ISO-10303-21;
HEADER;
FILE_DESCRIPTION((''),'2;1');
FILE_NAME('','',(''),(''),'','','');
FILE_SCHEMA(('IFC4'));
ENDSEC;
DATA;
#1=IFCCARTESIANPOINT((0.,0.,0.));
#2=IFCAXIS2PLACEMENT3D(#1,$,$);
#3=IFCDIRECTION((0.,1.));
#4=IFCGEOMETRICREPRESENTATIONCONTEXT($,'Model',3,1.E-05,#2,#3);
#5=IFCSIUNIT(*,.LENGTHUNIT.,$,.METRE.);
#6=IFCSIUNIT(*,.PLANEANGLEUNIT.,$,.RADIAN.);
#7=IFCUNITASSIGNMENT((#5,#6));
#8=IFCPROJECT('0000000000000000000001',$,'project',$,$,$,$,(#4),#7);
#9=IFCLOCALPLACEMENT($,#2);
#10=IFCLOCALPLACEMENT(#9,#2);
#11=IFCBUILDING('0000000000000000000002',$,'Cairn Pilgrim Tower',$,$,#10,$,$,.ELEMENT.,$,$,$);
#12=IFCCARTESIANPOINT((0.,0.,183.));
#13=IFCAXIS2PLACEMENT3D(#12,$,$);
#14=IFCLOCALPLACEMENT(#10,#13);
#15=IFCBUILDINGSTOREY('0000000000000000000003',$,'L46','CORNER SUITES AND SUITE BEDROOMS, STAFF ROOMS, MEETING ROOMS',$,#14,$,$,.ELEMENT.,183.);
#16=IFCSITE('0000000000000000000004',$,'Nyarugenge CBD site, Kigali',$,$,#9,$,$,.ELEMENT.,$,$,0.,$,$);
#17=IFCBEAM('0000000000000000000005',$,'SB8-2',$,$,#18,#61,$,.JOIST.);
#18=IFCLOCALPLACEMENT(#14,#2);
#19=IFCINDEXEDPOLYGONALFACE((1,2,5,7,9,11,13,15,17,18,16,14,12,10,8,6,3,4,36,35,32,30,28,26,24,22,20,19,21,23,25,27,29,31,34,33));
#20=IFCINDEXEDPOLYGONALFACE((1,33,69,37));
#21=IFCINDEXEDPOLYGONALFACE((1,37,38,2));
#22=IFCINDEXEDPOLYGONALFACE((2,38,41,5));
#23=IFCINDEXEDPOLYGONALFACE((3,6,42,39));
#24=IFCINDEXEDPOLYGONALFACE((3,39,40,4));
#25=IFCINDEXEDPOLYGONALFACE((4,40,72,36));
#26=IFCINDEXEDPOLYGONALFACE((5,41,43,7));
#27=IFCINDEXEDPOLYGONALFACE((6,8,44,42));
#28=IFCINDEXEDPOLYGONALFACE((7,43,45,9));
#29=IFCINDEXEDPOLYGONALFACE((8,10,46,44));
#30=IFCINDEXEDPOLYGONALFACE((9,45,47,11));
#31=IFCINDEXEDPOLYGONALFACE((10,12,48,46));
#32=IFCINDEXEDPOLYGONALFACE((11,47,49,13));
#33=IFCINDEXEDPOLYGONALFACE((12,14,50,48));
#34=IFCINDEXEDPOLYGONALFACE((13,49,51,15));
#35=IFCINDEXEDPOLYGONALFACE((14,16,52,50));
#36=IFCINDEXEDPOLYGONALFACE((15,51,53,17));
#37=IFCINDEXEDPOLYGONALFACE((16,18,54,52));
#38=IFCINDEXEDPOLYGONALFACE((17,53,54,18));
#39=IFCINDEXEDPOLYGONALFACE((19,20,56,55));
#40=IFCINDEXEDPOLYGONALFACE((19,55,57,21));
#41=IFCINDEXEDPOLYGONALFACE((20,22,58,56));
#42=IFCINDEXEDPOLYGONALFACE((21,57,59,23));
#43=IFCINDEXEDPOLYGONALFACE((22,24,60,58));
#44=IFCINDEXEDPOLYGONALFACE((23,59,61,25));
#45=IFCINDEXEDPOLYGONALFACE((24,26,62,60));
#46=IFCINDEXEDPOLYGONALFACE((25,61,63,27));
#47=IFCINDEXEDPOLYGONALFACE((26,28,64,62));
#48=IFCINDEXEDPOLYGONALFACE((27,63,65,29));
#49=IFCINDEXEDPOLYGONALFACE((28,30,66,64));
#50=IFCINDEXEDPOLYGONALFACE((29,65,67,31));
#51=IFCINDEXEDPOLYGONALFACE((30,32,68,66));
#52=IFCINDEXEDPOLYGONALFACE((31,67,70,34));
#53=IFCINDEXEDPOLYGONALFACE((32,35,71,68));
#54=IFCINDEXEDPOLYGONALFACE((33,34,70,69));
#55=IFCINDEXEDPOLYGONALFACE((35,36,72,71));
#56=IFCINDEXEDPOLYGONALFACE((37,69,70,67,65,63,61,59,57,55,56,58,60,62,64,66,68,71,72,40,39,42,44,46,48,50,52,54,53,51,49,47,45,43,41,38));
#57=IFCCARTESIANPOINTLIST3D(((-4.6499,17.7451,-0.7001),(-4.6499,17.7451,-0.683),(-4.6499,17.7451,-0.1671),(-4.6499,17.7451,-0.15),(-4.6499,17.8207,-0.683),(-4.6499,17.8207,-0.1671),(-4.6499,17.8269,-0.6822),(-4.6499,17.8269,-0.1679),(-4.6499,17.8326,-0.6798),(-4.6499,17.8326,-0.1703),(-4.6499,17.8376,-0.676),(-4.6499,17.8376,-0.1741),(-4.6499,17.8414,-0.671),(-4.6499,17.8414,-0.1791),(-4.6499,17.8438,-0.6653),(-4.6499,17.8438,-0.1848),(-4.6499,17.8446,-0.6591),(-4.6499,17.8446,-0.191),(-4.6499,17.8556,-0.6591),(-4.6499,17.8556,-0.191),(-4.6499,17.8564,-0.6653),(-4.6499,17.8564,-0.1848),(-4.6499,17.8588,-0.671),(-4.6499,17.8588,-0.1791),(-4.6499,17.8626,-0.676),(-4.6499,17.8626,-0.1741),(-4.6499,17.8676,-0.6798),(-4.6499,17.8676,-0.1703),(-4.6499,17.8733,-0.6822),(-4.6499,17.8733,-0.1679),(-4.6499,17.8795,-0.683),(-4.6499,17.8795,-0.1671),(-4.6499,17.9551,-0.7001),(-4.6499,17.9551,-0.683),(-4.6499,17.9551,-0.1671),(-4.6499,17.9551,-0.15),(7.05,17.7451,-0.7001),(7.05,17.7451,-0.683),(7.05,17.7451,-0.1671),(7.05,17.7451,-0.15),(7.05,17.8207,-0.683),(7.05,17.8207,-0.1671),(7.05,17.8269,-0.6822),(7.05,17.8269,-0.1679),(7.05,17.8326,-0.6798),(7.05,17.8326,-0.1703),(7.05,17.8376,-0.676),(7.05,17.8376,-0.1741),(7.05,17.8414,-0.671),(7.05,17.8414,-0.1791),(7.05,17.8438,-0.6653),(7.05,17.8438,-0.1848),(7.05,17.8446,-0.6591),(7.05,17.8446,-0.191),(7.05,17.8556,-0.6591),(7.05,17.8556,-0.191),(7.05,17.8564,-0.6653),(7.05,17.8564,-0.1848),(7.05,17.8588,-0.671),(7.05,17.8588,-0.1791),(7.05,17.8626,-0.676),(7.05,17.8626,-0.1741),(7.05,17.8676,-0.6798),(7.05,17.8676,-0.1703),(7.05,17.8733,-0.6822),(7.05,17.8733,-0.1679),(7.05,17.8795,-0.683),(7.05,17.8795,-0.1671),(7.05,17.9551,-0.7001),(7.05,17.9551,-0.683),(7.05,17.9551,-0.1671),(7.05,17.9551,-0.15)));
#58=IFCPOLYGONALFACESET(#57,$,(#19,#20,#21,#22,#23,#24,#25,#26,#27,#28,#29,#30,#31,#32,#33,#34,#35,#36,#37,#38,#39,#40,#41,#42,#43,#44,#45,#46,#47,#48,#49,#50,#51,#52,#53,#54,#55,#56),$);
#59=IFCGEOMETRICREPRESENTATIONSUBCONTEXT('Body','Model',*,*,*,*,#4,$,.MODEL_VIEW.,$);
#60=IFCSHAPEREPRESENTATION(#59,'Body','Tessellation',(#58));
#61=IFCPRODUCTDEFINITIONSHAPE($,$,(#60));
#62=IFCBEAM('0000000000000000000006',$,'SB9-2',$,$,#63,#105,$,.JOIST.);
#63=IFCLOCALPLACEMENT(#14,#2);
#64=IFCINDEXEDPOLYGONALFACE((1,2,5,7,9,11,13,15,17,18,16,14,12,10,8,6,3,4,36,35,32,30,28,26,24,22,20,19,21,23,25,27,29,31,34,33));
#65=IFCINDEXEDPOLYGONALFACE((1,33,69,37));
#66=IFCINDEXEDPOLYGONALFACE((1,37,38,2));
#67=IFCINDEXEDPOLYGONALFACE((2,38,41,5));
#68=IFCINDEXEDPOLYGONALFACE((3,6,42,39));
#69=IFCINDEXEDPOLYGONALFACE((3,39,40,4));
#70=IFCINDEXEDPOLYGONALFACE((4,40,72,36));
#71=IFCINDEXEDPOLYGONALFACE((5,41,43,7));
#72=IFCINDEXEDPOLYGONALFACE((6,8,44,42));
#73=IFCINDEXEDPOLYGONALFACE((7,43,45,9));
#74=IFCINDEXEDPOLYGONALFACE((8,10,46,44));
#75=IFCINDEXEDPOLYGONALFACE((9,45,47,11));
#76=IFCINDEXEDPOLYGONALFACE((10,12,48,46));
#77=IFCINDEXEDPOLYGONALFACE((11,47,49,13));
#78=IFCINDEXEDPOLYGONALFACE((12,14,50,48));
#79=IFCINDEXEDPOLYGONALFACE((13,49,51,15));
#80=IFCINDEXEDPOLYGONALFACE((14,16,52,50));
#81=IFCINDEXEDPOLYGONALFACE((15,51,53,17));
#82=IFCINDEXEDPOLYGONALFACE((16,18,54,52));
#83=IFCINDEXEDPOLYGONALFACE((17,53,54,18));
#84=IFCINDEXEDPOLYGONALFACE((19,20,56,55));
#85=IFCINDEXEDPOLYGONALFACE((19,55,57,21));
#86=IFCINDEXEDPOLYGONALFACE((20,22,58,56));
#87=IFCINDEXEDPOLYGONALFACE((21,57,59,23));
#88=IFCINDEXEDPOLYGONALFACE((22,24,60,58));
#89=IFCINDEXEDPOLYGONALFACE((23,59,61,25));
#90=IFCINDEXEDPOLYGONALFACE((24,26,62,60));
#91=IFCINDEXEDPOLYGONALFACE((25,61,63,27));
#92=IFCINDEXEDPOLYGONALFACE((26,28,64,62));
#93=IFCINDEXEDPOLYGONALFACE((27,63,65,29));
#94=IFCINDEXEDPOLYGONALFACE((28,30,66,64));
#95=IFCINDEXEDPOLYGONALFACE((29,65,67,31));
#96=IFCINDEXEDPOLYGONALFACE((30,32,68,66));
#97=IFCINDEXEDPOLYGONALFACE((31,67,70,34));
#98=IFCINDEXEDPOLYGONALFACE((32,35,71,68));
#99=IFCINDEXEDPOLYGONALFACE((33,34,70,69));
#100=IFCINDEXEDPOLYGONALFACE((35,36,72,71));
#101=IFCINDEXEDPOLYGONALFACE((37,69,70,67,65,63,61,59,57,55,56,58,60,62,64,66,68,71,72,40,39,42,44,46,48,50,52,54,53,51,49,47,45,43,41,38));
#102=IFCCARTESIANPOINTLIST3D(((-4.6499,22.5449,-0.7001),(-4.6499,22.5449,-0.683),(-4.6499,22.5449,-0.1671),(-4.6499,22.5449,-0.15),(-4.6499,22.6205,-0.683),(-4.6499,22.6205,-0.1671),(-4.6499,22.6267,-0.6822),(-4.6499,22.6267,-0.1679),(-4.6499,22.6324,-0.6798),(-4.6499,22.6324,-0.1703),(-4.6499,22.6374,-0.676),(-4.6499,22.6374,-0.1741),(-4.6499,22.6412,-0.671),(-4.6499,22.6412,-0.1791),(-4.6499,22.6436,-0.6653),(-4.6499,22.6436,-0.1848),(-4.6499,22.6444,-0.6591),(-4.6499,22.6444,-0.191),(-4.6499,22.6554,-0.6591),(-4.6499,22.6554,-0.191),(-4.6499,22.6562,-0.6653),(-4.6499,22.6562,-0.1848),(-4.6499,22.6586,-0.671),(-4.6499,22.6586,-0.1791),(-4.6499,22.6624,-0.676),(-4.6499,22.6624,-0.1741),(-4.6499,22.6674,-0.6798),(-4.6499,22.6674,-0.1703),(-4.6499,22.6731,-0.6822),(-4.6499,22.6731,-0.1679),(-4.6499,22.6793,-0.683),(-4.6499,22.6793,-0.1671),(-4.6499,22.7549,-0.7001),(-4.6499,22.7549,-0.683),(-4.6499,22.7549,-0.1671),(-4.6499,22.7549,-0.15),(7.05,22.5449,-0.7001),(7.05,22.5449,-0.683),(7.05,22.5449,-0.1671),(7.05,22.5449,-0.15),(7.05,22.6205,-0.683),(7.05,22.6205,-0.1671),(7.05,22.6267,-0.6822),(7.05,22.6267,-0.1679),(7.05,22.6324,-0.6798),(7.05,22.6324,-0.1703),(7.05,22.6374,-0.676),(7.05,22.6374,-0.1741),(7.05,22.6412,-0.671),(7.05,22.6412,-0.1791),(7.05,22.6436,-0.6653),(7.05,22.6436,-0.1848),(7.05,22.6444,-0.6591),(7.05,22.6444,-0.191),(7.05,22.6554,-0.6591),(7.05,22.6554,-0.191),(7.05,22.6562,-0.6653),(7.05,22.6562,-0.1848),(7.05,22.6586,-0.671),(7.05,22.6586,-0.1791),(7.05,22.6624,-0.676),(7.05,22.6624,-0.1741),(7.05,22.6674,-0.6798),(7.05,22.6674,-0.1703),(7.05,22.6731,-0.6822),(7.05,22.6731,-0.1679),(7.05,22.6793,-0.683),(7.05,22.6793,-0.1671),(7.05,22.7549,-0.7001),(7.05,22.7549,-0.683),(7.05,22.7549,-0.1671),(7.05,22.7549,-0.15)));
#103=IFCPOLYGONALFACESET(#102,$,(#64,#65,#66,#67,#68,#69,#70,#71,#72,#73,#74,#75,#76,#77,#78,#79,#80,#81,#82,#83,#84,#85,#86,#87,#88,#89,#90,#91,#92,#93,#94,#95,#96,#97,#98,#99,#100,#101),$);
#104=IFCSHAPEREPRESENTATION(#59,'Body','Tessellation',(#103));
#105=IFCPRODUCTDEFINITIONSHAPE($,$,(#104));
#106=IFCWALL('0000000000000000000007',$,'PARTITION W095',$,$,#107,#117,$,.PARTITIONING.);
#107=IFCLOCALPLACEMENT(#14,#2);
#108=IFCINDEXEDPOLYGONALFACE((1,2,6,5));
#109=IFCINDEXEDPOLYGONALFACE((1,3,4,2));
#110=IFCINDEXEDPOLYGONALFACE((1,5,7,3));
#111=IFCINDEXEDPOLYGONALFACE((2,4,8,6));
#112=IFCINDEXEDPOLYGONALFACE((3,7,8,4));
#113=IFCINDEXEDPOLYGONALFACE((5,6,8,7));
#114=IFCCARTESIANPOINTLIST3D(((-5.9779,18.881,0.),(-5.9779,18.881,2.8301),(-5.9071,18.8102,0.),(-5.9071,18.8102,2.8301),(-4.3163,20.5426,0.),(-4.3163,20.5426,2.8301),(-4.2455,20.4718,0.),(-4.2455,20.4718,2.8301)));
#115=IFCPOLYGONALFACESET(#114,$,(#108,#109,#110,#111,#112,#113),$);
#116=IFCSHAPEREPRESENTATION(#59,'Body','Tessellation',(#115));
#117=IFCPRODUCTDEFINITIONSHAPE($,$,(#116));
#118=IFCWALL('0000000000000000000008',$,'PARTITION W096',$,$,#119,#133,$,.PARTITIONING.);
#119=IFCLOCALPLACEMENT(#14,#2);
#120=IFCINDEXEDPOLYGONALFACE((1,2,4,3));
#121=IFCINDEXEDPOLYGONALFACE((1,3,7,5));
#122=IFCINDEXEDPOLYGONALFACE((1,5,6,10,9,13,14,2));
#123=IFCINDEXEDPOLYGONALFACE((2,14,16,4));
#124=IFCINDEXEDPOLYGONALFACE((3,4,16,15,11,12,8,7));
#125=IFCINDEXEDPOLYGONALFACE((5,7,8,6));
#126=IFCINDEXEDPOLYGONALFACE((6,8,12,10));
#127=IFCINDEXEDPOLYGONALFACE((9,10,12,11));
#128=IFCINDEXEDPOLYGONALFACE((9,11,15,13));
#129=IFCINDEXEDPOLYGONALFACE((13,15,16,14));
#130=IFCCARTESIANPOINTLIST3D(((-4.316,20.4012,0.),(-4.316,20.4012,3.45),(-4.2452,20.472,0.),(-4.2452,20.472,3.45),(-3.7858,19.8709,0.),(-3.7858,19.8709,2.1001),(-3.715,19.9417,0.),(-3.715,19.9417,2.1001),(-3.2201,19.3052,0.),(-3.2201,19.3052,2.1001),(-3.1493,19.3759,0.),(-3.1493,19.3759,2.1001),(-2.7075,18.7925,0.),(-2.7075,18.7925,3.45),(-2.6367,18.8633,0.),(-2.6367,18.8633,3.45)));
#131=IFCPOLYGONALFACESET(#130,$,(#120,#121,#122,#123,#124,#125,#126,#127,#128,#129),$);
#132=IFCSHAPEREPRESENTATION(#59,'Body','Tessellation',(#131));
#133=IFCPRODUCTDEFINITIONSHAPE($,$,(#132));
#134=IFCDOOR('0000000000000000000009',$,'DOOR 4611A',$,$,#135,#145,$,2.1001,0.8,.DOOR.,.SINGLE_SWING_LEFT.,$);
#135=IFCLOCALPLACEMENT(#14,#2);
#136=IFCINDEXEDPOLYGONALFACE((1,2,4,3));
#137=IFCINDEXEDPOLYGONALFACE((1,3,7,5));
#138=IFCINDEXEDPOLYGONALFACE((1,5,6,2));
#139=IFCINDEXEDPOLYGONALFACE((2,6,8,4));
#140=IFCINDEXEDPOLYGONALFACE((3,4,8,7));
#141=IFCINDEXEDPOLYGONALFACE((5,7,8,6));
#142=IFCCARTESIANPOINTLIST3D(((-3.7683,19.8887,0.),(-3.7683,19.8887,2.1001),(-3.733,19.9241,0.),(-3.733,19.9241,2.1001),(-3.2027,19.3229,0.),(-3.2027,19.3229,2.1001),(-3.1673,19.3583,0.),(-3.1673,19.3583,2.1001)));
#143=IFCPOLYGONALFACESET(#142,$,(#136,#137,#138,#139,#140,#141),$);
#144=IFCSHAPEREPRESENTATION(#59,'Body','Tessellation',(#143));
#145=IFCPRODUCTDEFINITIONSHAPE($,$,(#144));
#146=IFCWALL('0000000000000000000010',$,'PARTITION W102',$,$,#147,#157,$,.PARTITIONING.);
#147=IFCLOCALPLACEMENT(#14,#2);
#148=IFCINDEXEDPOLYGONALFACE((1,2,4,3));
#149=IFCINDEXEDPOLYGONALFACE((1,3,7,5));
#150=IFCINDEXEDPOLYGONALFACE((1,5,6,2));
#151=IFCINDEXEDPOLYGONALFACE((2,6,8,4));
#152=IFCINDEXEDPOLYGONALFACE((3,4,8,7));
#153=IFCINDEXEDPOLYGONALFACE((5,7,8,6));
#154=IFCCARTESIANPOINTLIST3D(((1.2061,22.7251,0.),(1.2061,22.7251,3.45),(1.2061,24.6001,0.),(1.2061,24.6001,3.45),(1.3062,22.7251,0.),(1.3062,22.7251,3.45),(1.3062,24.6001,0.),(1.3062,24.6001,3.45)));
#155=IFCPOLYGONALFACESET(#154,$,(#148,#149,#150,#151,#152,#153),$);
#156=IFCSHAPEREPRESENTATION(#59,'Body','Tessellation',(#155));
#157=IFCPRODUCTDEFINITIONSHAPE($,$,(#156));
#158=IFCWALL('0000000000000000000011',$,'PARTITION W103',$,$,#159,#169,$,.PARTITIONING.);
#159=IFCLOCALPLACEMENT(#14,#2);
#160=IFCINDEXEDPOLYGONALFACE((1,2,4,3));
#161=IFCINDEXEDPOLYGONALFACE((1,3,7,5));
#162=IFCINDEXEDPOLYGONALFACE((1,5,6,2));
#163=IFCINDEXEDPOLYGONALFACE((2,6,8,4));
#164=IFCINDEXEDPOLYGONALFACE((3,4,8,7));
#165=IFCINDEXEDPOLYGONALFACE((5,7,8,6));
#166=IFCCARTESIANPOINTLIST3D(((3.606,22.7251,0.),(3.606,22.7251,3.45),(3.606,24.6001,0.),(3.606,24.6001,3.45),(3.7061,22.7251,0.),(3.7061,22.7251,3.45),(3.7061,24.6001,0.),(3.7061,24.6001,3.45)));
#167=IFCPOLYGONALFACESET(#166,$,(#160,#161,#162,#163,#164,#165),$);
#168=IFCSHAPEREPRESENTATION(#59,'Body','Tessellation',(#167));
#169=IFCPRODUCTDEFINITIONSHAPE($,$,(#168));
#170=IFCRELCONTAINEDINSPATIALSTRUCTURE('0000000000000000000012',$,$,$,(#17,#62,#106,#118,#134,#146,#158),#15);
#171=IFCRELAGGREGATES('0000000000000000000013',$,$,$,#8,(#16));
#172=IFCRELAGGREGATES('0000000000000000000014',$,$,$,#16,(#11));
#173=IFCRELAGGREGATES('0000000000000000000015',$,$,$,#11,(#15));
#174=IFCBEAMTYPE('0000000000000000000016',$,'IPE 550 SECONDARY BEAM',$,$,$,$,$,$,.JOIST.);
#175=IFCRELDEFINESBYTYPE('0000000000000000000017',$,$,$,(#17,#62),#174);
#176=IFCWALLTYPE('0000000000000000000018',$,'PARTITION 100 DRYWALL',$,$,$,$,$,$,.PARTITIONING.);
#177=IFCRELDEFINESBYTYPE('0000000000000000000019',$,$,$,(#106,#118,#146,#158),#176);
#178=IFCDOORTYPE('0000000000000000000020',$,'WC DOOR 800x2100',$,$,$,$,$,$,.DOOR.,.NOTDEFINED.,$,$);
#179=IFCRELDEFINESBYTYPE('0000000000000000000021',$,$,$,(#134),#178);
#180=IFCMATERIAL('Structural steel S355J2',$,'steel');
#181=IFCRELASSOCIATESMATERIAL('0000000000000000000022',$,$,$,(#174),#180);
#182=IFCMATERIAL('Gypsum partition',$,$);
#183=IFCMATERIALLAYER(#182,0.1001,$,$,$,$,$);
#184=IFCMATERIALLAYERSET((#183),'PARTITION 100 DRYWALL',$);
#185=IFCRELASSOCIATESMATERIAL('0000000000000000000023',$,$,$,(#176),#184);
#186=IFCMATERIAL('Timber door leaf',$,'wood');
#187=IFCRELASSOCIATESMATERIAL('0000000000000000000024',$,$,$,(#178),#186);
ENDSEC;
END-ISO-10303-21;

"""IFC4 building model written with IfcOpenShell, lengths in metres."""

from ifc_helpers import new_model, si_unit, direction, frame, frame_2d, origin, origin_2d, place, context, subcontext, project, spatial, rectangle, i_section, extrude, material, layer, layer_set, material_profile, profile_set, type_object, element, fill, save


model = new_model("IFC4")

# Units and contexts
model_context = context("Model", 3, precision=1e-05, world=origin(), true_north=direction((0.0, 1.0)))
body_context = subcontext(model_context, "Body", "Model", "MODEL_VIEW")
ifc_project = project(units=[si_unit("LENGTHUNIT", "METRE"), si_unit("PLANEANGLEUNIT", "RADIAN")], contexts=[model_context])

# Site, building, storey
site_placement = place(None, origin())
site = spatial("IfcSite", under=ifc_project, at=site_placement, Name="Nyarugenge CBD site, Kigali", CompositionType="ELEMENT", RefElevation=0.0)
building_placement = place(site_placement, origin())
building = spatial("IfcBuilding", under=site, at=building_placement, Name="Cairn Pilgrim Tower", CompositionType="ELEMENT")
storey_placement = place(building_placement, frame((0.0, 0.0, 183.0)))
storey = spatial("IfcBuildingStorey", under=building, at=storey_placement, Name="L46", Description="CORNER SUITES AND SUITE BEDROOMS, STAFF ROOMS, MEETING ROOMS", CompositionType="ELEMENT", Elevation=183.0)

# Beams
ifc_material_1 = material(Name="Structural steel S355J2", Category="steel")
ifc_material_profile = material_profile(ifc_material_1, i_section(OverallWidth=0.21, OverallDepth=0.55, WebThickness=0.011, FlangeThickness=0.0171, FilletRadius=0.0239, at=origin_2d()), Name="IPE 550")
ifc_profile_set = profile_set([ifc_material_profile], Name="Structural steel S355J2")
beam_type = type_object("IfcBeamType", Name="IPE 550 SECONDARY BEAM", PredefinedType="JOIST", material=ifc_profile_set)
for number, where, z_axis, x_axis, name in (
    (1, (-4.6499, 17.8501, -0.425), (1.0, 0.0, 0.0), (0.0, 1.0, 0.0), "SB8-2"),
    (2, (-4.6499, 22.6499, -0.425), (1.0, 0.0, 0.0), (0.0, 1.0, 0.0), "SB9-2"),
):
    element("IfcBeam", number, at=place(storey_placement, frame(where, z_axis=z_axis, x_axis=x_axis)), inside=storey, type_object=beam_type, Name=name, PredefinedType="JOIST", context=body_context, shape_type="SweptSolid", body=[
        extrude(i_section(OverallWidth=0.21, OverallDepth=0.55, WebThickness=0.011, FlangeThickness=0.0171, FilletRadius=0.0239, at=origin_2d()), origin(), (0.0, 0.0, 1.0), 11.7),
    ])

# Wall
ifc_material_2 = material(Name="Gypsum partition")
ifc_layer_1 = layer(ifc_material_2, 0.1001)
ifc_layer_set_1 = layer_set([ifc_layer_1], Name="PARTITION 100 DRYWALL")
wall_type_1 = type_object("IfcWallType", Name="PARTITION 100 DRYWALL", PredefinedType="PARTITIONING", material=ifc_layer_set_1)
wall_1_placement = place(storey_placement, frame((-5.9424, 18.8457, 0.0), z_axis=(0.0, 0.0, 1.0), x_axis=(0.707107, 0.707107, 0.0)))
element("IfcWall", 3, at=wall_1_placement, inside=storey, type_object=wall_type_1, Name="PARTITION W095", PredefinedType="PARTITIONING", context=body_context, shape_type="SweptSolid", body=[
    extrude(rectangle(XDim=2.3499, YDim=0.1001, at=frame_2d((1.1748, 0.0))), origin(), (0.0, 0.0, 1.0), 2.8301),
])

# Wall, opening, door
wall_2_placement = place(storey_placement, frame((-2.6721, 18.8279, 0.0), z_axis=(0.0, 0.0, 1.0), x_axis=(-0.707053, 0.70716, 0.0)))
wall_2 = element("IfcWall", 4, at=wall_2_placement, inside=storey, type_object=wall_type_1, Name="PARTITION W096", PredefinedType="PARTITIONING", context=body_context, shape_type="SweptSolid", body=[
    extrude(rectangle(XDim=2.2749, YDim=0.1001, at=frame_2d((1.1375, 0.0))), origin(), (0.0, 0.0, 1.0), 3.45),
])
opening_1_placement = place(wall_2_placement, frame((0.7251, 0.0, 0.0)))
opening_1 = element("IfcOpeningElement", 5, at=opening_1_placement, cuts=wall_2, PredefinedType="OPENING", context=body_context, shape_type="SweptSolid", body=[
    extrude(rectangle(XDim=0.8, YDim=2.1001, at=frame_2d((0.3999, 1.05))), frame((0.0, 0.0601, 0.0), z_axis=(0.0, -1.0, 0.0), x_axis=(1.0, 0.0, 0.0)), (0.0, 0.0, 1.0), 0.1201),
])
ifc_material_3 = material(Name="Timber door leaf", Category="wood")
door_type_1 = type_object("IfcDoorType", Name="WC DOOR 800x2100", OperationType="NOTDEFINED", PredefinedType="DOOR", material=ifc_material_3)
door_1_placement = place(opening_1_placement, frame((0.8, 0.0, 0.0), z_axis=(0.0, 0.0, 1.0), x_axis=(-1.0, 0.0, 0.0)))
door_1 = element("IfcDoor", 6, at=door_1_placement, inside=storey, type_object=door_type_1, Name="DOOR 4611A", OperationType="SINGLE_SWING_LEFT", OverallHeight=2.1001, OverallWidth=0.8, PredefinedType="DOOR", context=body_context, shape_type="SweptSolid", body=[
    extrude(rectangle(XDim=0.8, YDim=2.1001, at=frame_2d((0.3999, 1.05))), frame((0.0, 0.0249, 0.0), z_axis=(0.0, -1.0, 0.0), x_axis=(1.0, 0.0, 0.0)), (0.0, 0.0, 1.0), 0.05),
])
fill(opening_1, door_1)

# Walls
for number, where, z_axis, x_axis, name in (
    (7, (1.2561, 22.7251, 0.0), (0.0, 0.0, 1.0), (0.0, 1.0, 0.0), "PARTITION W102"),
    (8, (3.656, 22.7251, 0.0), (0.0, 0.0, 1.0), (0.0, 1.0, 0.0), "PARTITION W103"),
):
    element("IfcWall", number, at=place(storey_placement, frame(where, z_axis=z_axis, x_axis=x_axis)), inside=storey, type_object=wall_type_1, Name=name, PredefinedType="PARTITIONING", context=body_context, shape_type="SweptSolid", body=[
        extrude(rectangle(XDim=1.875, YDim=0.1001, at=frame_2d((0.9375, 0.0))), origin(), (0.0, 0.0, 1.0), 3.45),
    ])

save(model, "model.ifc")
